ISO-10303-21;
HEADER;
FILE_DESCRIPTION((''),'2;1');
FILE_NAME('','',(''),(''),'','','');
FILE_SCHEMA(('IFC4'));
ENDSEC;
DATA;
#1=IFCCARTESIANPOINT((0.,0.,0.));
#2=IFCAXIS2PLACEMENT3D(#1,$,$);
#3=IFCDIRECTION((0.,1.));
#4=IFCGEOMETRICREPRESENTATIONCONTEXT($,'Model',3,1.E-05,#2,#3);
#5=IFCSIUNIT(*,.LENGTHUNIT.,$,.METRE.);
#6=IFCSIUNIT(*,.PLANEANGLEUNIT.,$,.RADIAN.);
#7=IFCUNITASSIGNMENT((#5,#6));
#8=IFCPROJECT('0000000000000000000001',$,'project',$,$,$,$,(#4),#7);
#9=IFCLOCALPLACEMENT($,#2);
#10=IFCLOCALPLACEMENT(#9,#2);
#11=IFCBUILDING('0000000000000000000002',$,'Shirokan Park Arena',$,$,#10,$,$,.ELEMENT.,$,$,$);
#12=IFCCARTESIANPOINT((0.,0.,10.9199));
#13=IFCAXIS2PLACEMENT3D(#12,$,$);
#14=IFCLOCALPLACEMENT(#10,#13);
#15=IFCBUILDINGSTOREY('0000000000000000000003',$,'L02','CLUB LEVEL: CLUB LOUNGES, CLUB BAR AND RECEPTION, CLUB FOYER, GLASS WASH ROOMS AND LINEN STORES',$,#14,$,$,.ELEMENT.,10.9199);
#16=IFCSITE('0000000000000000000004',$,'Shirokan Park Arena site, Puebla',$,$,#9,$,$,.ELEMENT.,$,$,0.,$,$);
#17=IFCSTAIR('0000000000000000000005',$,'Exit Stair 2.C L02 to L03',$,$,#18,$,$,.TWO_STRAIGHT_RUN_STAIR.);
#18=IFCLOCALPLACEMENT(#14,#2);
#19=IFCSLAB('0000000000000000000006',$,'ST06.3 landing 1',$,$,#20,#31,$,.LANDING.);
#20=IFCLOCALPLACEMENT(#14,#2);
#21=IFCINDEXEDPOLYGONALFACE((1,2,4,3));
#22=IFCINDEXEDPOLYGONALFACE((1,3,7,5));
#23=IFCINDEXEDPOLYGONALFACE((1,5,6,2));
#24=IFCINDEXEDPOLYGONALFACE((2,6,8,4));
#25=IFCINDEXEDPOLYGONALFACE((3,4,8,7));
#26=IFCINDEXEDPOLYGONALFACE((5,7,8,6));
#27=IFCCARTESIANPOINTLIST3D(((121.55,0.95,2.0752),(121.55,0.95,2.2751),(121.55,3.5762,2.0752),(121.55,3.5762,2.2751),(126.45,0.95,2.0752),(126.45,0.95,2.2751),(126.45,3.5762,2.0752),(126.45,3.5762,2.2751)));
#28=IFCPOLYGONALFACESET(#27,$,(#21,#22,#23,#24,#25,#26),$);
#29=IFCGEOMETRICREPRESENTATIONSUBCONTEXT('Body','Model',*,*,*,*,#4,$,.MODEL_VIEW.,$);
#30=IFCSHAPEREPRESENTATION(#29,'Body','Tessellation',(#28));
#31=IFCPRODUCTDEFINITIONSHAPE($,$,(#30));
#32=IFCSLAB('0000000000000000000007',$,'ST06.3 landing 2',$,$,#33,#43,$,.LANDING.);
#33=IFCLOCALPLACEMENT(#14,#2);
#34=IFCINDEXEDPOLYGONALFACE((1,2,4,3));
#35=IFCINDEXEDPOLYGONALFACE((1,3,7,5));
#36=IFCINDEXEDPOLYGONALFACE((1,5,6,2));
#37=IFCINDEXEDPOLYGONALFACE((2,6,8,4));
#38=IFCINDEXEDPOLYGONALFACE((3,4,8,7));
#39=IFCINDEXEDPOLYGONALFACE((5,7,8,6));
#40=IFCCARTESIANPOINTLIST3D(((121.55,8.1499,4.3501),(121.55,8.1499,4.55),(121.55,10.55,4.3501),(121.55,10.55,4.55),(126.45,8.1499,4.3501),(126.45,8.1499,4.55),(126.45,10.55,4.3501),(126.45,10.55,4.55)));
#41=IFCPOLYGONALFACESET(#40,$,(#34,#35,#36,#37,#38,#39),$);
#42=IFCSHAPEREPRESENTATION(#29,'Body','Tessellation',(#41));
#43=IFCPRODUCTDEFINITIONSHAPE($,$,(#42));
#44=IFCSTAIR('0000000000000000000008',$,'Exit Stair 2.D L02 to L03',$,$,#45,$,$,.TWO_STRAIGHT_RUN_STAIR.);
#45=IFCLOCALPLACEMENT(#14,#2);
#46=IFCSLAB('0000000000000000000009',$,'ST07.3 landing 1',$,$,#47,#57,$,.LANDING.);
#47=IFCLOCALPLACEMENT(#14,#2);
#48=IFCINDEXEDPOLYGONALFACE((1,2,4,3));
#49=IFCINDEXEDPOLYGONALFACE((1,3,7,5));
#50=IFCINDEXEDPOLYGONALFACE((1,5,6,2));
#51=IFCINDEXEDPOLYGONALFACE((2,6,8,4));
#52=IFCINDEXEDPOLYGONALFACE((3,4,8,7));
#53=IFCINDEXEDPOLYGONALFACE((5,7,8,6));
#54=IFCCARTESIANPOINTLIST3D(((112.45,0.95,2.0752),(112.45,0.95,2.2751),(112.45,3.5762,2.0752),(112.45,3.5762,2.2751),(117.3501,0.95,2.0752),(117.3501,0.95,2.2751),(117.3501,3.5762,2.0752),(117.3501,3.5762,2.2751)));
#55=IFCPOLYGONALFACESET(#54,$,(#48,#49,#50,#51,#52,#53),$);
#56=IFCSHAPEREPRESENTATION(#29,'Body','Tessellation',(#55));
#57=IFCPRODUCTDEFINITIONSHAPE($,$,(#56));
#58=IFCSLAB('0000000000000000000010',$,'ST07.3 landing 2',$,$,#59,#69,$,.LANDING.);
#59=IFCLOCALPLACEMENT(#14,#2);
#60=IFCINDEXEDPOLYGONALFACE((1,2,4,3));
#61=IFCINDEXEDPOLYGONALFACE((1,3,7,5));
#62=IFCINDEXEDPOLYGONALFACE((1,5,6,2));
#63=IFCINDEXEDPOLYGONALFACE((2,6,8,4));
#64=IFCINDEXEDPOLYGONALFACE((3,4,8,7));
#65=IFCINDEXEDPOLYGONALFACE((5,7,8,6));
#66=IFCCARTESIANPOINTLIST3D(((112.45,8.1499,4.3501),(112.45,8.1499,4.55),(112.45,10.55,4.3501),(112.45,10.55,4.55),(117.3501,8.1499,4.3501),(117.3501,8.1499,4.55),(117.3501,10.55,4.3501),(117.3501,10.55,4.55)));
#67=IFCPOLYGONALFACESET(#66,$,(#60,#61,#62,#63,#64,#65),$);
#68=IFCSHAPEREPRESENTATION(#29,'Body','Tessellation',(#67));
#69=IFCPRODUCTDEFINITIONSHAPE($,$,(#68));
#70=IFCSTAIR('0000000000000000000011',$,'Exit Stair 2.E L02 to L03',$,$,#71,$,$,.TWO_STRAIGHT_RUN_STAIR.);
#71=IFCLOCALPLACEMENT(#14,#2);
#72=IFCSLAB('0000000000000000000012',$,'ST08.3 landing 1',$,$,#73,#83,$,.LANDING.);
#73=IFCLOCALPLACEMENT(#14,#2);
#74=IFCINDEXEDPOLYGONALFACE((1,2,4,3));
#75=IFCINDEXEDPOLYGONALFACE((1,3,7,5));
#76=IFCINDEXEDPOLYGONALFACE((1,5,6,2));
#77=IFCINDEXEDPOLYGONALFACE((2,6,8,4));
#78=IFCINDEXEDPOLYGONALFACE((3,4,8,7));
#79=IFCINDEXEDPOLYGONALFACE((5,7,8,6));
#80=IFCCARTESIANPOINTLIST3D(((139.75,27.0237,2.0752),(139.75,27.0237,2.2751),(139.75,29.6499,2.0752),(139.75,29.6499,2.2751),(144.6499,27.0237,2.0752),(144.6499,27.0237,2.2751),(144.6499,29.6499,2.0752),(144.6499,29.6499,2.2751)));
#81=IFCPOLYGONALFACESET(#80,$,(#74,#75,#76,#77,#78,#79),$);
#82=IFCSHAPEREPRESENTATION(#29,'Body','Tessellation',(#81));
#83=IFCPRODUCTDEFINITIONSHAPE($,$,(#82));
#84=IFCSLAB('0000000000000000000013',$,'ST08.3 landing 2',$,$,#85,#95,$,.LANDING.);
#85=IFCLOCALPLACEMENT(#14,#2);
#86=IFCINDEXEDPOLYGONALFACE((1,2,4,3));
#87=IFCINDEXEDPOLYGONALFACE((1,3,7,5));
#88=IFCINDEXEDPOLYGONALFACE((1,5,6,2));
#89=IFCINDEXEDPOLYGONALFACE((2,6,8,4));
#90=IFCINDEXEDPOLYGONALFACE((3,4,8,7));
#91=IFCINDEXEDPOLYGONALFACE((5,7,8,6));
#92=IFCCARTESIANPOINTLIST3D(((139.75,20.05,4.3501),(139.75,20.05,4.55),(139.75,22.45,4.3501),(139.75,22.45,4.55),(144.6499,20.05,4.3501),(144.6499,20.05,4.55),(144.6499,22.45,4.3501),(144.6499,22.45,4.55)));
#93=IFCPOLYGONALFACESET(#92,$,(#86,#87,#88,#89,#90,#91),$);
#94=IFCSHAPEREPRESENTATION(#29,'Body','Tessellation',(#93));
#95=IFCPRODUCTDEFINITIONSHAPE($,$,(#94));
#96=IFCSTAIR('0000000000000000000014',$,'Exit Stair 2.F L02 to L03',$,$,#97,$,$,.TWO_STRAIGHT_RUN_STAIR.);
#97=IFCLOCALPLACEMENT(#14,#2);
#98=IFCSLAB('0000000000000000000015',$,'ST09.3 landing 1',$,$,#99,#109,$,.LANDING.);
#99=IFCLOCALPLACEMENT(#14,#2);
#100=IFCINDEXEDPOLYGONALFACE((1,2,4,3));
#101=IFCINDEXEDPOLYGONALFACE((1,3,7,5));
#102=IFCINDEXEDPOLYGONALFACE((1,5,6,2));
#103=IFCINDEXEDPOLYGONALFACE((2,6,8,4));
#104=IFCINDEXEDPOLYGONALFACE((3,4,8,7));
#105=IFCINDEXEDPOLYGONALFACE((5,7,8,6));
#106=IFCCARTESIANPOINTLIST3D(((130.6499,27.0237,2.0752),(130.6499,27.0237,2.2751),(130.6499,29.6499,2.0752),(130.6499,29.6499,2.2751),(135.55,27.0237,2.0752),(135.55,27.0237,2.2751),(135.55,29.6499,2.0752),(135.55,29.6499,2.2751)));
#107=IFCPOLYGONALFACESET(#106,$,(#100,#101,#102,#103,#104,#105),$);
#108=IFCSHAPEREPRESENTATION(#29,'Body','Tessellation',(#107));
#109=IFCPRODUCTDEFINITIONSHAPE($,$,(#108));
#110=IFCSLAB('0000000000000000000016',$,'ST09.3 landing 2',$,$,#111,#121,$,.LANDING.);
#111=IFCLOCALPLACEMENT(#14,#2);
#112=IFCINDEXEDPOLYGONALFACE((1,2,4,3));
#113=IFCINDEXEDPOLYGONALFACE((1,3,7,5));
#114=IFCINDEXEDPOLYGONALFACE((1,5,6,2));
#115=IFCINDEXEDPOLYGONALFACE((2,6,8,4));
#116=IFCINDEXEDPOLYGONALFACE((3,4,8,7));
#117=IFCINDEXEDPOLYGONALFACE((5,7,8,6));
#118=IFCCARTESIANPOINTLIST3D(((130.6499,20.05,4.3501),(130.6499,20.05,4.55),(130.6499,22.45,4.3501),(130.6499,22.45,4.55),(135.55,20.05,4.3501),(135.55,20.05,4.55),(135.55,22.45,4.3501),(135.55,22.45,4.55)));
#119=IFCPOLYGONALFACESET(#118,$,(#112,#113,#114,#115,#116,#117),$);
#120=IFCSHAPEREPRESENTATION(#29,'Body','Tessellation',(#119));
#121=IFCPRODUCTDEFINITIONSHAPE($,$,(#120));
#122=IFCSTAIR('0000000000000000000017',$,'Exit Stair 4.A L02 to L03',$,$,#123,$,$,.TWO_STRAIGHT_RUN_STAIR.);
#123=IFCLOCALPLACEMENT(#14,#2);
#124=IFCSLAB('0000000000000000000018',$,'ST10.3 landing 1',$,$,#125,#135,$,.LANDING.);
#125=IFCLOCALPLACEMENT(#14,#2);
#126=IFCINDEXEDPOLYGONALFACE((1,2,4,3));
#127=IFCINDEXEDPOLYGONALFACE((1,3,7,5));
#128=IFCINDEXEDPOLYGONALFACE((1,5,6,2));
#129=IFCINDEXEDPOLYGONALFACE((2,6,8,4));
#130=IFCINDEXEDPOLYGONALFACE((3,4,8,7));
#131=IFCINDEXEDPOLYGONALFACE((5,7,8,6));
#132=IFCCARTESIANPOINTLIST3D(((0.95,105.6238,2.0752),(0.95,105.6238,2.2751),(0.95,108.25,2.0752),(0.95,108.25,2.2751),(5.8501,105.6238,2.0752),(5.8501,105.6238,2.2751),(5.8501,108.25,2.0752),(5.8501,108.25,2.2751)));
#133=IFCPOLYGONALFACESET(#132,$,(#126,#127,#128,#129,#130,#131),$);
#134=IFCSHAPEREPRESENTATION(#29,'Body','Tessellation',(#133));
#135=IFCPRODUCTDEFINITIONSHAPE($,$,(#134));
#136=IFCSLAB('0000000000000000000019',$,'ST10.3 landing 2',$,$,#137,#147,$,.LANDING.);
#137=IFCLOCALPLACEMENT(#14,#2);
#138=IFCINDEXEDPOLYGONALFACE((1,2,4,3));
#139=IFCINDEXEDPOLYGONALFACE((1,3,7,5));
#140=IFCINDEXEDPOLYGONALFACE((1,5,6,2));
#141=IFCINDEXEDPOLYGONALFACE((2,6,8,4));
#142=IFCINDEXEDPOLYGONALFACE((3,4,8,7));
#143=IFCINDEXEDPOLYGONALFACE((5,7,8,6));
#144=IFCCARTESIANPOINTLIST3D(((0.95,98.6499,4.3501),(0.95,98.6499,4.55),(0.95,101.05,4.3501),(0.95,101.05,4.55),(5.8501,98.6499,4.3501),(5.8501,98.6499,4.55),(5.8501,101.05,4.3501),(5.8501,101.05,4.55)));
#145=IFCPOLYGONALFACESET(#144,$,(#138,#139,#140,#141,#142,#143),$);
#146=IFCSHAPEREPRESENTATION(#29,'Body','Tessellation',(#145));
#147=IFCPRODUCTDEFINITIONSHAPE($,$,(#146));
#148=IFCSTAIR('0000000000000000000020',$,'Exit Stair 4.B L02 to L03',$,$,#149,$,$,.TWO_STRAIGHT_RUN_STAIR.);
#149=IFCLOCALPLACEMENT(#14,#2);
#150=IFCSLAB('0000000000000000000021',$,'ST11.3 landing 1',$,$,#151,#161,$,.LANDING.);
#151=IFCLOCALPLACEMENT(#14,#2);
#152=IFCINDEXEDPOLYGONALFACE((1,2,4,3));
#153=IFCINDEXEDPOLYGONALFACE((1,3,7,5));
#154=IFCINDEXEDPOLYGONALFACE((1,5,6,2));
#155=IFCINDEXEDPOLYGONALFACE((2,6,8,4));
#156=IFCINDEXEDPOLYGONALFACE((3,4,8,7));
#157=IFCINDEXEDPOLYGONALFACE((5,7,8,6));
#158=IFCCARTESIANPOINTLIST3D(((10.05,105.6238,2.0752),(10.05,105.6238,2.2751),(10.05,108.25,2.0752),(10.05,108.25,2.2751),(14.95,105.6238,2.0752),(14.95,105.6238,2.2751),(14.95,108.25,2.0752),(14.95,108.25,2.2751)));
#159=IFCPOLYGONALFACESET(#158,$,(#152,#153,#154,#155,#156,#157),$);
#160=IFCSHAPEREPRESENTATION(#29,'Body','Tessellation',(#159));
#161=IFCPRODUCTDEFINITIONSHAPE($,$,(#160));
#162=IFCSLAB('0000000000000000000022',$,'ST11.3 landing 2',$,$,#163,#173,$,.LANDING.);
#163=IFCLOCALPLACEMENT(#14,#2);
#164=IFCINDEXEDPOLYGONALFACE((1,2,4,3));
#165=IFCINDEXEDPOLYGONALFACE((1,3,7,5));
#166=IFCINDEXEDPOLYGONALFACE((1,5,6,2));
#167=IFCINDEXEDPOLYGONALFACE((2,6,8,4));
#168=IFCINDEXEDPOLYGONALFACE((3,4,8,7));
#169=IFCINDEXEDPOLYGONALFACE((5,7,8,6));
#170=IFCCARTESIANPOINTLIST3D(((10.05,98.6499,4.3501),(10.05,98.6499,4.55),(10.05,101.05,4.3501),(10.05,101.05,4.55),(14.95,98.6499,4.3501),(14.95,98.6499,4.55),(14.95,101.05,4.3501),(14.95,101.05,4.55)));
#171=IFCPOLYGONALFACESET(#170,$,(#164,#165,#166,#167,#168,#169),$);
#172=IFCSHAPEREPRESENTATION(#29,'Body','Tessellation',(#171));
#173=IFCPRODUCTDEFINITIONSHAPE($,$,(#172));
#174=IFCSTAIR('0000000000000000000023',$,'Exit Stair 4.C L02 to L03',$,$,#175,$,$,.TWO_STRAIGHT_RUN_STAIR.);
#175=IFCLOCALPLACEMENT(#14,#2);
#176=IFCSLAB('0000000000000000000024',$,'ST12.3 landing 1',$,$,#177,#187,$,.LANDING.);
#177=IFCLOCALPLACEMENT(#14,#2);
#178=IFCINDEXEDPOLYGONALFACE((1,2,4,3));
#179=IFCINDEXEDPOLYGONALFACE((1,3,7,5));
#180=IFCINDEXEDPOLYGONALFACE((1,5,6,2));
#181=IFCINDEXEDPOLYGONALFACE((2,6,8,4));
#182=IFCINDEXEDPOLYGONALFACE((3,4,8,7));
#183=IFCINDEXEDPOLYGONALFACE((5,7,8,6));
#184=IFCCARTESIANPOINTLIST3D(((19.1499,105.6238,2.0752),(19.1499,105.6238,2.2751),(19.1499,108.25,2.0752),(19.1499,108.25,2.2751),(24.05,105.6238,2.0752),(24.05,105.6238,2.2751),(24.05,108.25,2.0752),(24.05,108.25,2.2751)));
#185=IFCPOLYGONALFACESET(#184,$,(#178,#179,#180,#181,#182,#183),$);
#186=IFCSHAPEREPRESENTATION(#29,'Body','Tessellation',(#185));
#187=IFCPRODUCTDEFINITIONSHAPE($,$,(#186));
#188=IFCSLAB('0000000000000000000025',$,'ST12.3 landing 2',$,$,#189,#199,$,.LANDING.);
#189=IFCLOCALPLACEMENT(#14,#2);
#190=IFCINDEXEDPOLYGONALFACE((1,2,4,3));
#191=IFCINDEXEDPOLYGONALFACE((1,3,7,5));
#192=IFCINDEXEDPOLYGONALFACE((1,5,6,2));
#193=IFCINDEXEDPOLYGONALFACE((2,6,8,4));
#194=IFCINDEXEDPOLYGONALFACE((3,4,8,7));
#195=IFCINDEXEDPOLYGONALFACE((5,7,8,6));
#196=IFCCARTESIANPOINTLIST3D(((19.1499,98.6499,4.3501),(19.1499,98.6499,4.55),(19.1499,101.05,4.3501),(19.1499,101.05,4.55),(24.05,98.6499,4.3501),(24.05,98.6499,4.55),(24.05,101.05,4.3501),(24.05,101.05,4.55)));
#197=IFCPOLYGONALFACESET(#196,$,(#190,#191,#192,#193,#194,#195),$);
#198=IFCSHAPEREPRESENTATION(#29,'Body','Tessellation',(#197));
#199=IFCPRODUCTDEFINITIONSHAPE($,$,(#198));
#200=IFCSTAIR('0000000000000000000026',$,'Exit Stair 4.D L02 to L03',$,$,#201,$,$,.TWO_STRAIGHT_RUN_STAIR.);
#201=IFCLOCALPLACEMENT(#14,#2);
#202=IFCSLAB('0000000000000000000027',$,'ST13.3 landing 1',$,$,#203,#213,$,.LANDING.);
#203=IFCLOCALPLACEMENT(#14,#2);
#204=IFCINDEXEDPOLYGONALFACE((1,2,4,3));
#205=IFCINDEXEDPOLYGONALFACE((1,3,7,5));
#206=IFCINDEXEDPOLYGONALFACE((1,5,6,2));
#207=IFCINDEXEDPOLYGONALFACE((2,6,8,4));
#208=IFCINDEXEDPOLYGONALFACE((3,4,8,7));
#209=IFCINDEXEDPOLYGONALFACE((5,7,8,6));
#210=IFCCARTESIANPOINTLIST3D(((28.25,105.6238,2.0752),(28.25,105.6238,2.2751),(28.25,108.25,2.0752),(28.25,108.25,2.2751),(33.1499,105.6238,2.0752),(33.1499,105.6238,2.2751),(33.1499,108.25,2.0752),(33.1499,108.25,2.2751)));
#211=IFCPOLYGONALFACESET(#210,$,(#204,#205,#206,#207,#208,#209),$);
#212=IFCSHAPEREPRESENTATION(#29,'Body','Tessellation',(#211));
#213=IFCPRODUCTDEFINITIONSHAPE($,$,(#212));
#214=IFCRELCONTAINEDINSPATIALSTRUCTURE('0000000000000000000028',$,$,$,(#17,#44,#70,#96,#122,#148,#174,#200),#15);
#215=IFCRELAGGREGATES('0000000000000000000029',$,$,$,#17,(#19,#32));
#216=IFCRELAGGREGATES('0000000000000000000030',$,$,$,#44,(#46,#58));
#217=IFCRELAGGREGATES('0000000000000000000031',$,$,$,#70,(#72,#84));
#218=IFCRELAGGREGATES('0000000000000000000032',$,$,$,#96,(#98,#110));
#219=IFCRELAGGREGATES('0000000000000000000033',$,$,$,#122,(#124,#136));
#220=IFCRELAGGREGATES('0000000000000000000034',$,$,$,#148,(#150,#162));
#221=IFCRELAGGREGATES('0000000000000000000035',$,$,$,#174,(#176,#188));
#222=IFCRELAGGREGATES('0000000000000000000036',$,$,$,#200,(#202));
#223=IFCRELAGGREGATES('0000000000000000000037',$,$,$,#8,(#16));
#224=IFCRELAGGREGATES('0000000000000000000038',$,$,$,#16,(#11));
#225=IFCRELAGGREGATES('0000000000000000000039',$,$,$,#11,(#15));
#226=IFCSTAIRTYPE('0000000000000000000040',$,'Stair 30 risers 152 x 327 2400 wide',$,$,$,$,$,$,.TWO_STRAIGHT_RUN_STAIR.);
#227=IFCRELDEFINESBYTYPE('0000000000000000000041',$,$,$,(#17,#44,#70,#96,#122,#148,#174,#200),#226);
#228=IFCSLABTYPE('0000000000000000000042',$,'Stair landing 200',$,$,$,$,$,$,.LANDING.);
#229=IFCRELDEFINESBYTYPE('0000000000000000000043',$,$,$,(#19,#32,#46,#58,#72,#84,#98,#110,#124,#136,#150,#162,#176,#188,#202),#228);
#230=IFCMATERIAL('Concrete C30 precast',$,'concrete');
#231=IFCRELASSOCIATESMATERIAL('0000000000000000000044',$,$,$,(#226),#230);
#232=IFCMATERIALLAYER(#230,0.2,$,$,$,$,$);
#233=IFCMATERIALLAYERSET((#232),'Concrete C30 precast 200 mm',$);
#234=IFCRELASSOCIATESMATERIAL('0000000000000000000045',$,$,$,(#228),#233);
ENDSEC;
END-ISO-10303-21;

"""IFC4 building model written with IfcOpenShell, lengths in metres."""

from ifc_helpers import new_model, si_unit, direction, frame, origin, place, context, subcontext, project, spatial, polyline, outline, extrude, material, layer, layer_set, type_object, element, aggregate, save


model = new_model("IFC4")

# Units and contexts
model_context = context("Model", 3, precision=1e-05, world=origin(), true_north=direction((0.0, 1.0)))
body_context = subcontext(model_context, "Body", "Model", "MODEL_VIEW")
ifc_project = project(units=[si_unit("LENGTHUNIT", "METRE"), si_unit("PLANEANGLEUNIT", "RADIAN")], contexts=[model_context])

# Site, building, storey
site_placement = place(None, origin())
site = spatial("IfcSite", under=ifc_project, at=site_placement, Name="Shirokan Park Arena site, Puebla", CompositionType="ELEMENT", RefElevation=0.0)
building_placement = place(site_placement, origin())
building = spatial("IfcBuilding", under=site, at=building_placement, Name="Shirokan Park Arena", CompositionType="ELEMENT")
storey_placement = place(building_placement, frame((0.0, 0.0, 10.9199)))
storey = spatial("IfcBuildingStorey", under=building, at=storey_placement, Name="L02", Description="CLUB LEVEL: CLUB LOUNGES, CLUB BAR AND RECEPTION, CLUB FOYER, GLASS WASH ROOMS AND LINEN STORES", CompositionType="ELEMENT", Elevation=10.9199)

# Stairs, slabs
ifc_material_1 = material(Name="Concrete C30 precast", Category="concrete")
stair_type = type_object("IfcStairType", Name="Stair 30 risers 152 x 327 2400 wide", PredefinedType="TWO_STRAIGHT_RUN_STAIR", material=ifc_material_1)
stair_1_placement = place(storey_placement, origin())
stair_1 = element("IfcStair", 1, at=stair_1_placement, inside=storey, type_object=stair_type, Name="Exit Stair 2.C L02 to L03", PredefinedType="TWO_STRAIGHT_RUN_STAIR")
ifc_layer = layer(ifc_material_1, 0.2)
ifc_layer_set = layer_set([ifc_layer], Name="Concrete C30 precast 200 mm")
slab_type = type_object("IfcSlabType", Name="Stair landing 200", PredefinedType="LANDING", material=ifc_layer_set)
slab_1_placement = place(storey_placement, frame((0.0, 0.0, 2.0752)))
slab_1 = element("IfcSlab", 2, at=slab_1_placement, type_object=slab_type, Name="ST06.3 landing 1", PredefinedType="LANDING", context=body_context, shape_type="SweptSolid", body=[
    extrude(outline(polyline([(121.55, 0.95), (126.45, 0.95), (126.45, 3.5762), (121.55, 3.5762), (121.55, 0.95)])), origin(), (0.0, 0.0, 1.0), 0.2),
])
slab_2_placement = place(storey_placement, frame((0.0, 0.0, 4.3501)))
slab_2 = element("IfcSlab", 3, at=slab_2_placement, type_object=slab_type, Name="ST06.3 landing 2", PredefinedType="LANDING", context=body_context, shape_type="SweptSolid", body=[
    extrude(outline(polyline([(121.55, 8.1499), (126.45, 8.1499), (126.45, 10.55), (121.55, 10.55), (121.55, 8.1499)])), origin(), (0.0, 0.0, 1.0), 0.2),
])
aggregate(stair_1, [slab_1, slab_2])
stair_2_placement = place(storey_placement, origin())
stair_2 = element("IfcStair", 4, at=stair_2_placement, inside=storey, type_object=stair_type, Name="Exit Stair 2.D L02 to L03", PredefinedType="TWO_STRAIGHT_RUN_STAIR")
slab_3_placement = place(storey_placement, frame((0.0, 0.0, 2.0752)))
slab_3 = element("IfcSlab", 5, at=slab_3_placement, type_object=slab_type, Name="ST07.3 landing 1", PredefinedType="LANDING", context=body_context, shape_type="SweptSolid", body=[
    extrude(outline(polyline([(112.45, 0.95), (117.3501, 0.95), (117.3501, 3.5762), (112.45, 3.5762), (112.45, 0.95)])), origin(), (0.0, 0.0, 1.0), 0.2),
])
slab_4_placement = place(storey_placement, frame((0.0, 0.0, 4.3501)))
slab_4 = element("IfcSlab", 6, at=slab_4_placement, type_object=slab_type, Name="ST07.3 landing 2", PredefinedType="LANDING", context=body_context, shape_type="SweptSolid", body=[
    extrude(outline(polyline([(112.45, 8.1499), (117.3501, 8.1499), (117.3501, 10.55), (112.45, 10.55), (112.45, 8.1499)])), origin(), (0.0, 0.0, 1.0), 0.2),
])
aggregate(stair_2, [slab_3, slab_4])
stair_3_placement = place(storey_placement, origin())
stair_3 = element("IfcStair", 7, at=stair_3_placement, inside=storey, type_object=stair_type, Name="Exit Stair 2.E L02 to L03", PredefinedType="TWO_STRAIGHT_RUN_STAIR")
slab_5_placement = place(storey_placement, frame((0.0, 0.0, 2.0752)))
slab_5 = element("IfcSlab", 8, at=slab_5_placement, type_object=slab_type, Name="ST08.3 landing 1", PredefinedType="LANDING", context=body_context, shape_type="SweptSolid", body=[
    extrude(outline(polyline([(139.75, 27.0237), (144.6499, 27.0237), (144.6499, 29.6499), (139.75, 29.6499), (139.75, 27.0237)])), origin(), (0.0, 0.0, 1.0), 0.2),
])
slab_6_placement = place(storey_placement, frame((0.0, 0.0, 4.3501)))
slab_6 = element("IfcSlab", 9, at=slab_6_placement, type_object=slab_type, Name="ST08.3 landing 2", PredefinedType="LANDING", context=body_context, shape_type="SweptSolid", body=[
    extrude(outline(polyline([(139.75, 20.05), (144.6499, 20.05), (144.6499, 22.45), (139.75, 22.45), (139.75, 20.05)])), origin(), (0.0, 0.0, 1.0), 0.2),
])
aggregate(stair_3, [slab_5, slab_6])
stair_4_placement = place(storey_placement, origin())
stair_4 = element("IfcStair", 10, at=stair_4_placement, inside=storey, type_object=stair_type, Name="Exit Stair 2.F L02 to L03", PredefinedType="TWO_STRAIGHT_RUN_STAIR")
slab_7_placement = place(storey_placement, frame((0.0, 0.0, 2.0752)))
slab_7 = element("IfcSlab", 11, at=slab_7_placement, type_object=slab_type, Name="ST09.3 landing 1", PredefinedType="LANDING", context=body_context, shape_type="SweptSolid", body=[
    extrude(outline(polyline([(130.6499, 27.0237), (135.55, 27.0237), (135.55, 29.6499), (130.6499, 29.6499), (130.6499, 27.0237)])), origin(), (0.0, 0.0, 1.0), 0.2),
])
slab_8_placement = place(storey_placement, frame((0.0, 0.0, 4.3501)))
slab_8 = element("IfcSlab", 12, at=slab_8_placement, type_object=slab_type, Name="ST09.3 landing 2", PredefinedType="LANDING", context=body_context, shape_type="SweptSolid", body=[
    extrude(outline(polyline([(130.6499, 20.05), (135.55, 20.05), (135.55, 22.45), (130.6499, 22.45), (130.6499, 20.05)])), origin(), (0.0, 0.0, 1.0), 0.2),
])
aggregate(stair_4, [slab_7, slab_8])
stair_5_placement = place(storey_placement, origin())
stair_5 = element("IfcStair", 13, at=stair_5_placement, inside=storey, type_object=stair_type, Name="Exit Stair 4.A L02 to L03", PredefinedType="TWO_STRAIGHT_RUN_STAIR")
slab_9_placement = place(storey_placement, frame((0.0, 0.0, 2.0752)))
slab_9 = element("IfcSlab", 14, at=slab_9_placement, type_object=slab_type, Name="ST10.3 landing 1", PredefinedType="LANDING", context=body_context, shape_type="SweptSolid", body=[
    extrude(outline(polyline([(0.95, 105.6238), (5.8501, 105.6238), (5.8501, 108.25), (0.95, 108.25), (0.95, 105.6238)])), origin(), (0.0, 0.0, 1.0), 0.2),
])
slab_10_placement = place(storey_placement, frame((0.0, 0.0, 4.3501)))
slab_10 = element("IfcSlab", 15, at=slab_10_placement, type_object=slab_type, Name="ST10.3 landing 2", PredefinedType="LANDING", context=body_context, shape_type="SweptSolid", body=[
    extrude(outline(polyline([(0.95, 98.6499), (5.8501, 98.6499), (5.8501, 101.05), (0.95, 101.05), (0.95, 98.6499)])), origin(), (0.0, 0.0, 1.0), 0.2),
])
aggregate(stair_5, [slab_9, slab_10])
stair_6_placement = place(storey_placement, origin())
stair_6 = element("IfcStair", 16, at=stair_6_placement, inside=storey, type_object=stair_type, Name="Exit Stair 4.B L02 to L03", PredefinedType="TWO_STRAIGHT_RUN_STAIR")
slab_11_placement = place(storey_placement, frame((0.0, 0.0, 2.0752)))
slab_11 = element("IfcSlab", 17, at=slab_11_placement, type_object=slab_type, Name="ST11.3 landing 1", PredefinedType="LANDING", context=body_context, shape_type="SweptSolid", body=[
    extrude(outline(polyline([(10.05, 105.6238), (14.95, 105.6238), (14.95, 108.25), (10.05, 108.25), (10.05, 105.6238)])), origin(), (0.0, 0.0, 1.0), 0.2),
])
slab_12_placement = place(storey_placement, frame((0.0, 0.0, 4.3501)))
slab_12 = element("IfcSlab", 18, at=slab_12_placement, type_object=slab_type, Name="ST11.3 landing 2", PredefinedType="LANDING", context=body_context, shape_type="SweptSolid", body=[
    extrude(outline(polyline([(10.05, 98.6499), (14.95, 98.6499), (14.95, 101.05), (10.05, 101.05), (10.05, 98.6499)])), origin(), (0.0, 0.0, 1.0), 0.2),
])
aggregate(stair_6, [slab_11, slab_12])
stair_7_placement = place(storey_placement, origin())
stair_7 = element("IfcStair", 19, at=stair_7_placement, inside=storey, type_object=stair_type, Name="Exit Stair 4.C L02 to L03", PredefinedType="TWO_STRAIGHT_RUN_STAIR")
slab_13_placement = place(storey_placement, frame((0.0, 0.0, 2.0752)))
slab_13 = element("IfcSlab", 20, at=slab_13_placement, type_object=slab_type, Name="ST12.3 landing 1", PredefinedType="LANDING", context=body_context, shape_type="SweptSolid", body=[
    extrude(outline(polyline([(19.1499, 105.6238), (24.05, 105.6238), (24.05, 108.25), (19.1499, 108.25), (19.1499, 105.6238)])), origin(), (0.0, 0.0, 1.0), 0.2),
])
slab_14_placement = place(storey_placement, frame((0.0, 0.0, 4.3501)))
slab_14 = element("IfcSlab", 21, at=slab_14_placement, type_object=slab_type, Name="ST12.3 landing 2", PredefinedType="LANDING", context=body_context, shape_type="SweptSolid", body=[
    extrude(outline(polyline([(19.1499, 98.6499), (24.05, 98.6499), (24.05, 101.05), (19.1499, 101.05), (19.1499, 98.6499)])), origin(), (0.0, 0.0, 1.0), 0.2),
])
aggregate(stair_7, [slab_13, slab_14])
stair_8_placement = place(storey_placement, origin())
stair_8 = element("IfcStair", 22, at=stair_8_placement, inside=storey, type_object=stair_type, Name="Exit Stair 4.D L02 to L03", PredefinedType="TWO_STRAIGHT_RUN_STAIR")
slab_15_placement = place(storey_placement, frame((0.0, 0.0, 2.0752)))
slab_15 = element("IfcSlab", 23, at=slab_15_placement, type_object=slab_type, Name="ST13.3 landing 1", PredefinedType="LANDING", context=body_context, shape_type="SweptSolid", body=[
    extrude(outline(polyline([(28.25, 105.6238), (33.1499, 105.6238), (33.1499, 108.25), (28.25, 108.25), (28.25, 105.6238)])), origin(), (0.0, 0.0, 1.0), 0.2),
])
aggregate(stair_8, [slab_15])

save(model, "model.ifc")
